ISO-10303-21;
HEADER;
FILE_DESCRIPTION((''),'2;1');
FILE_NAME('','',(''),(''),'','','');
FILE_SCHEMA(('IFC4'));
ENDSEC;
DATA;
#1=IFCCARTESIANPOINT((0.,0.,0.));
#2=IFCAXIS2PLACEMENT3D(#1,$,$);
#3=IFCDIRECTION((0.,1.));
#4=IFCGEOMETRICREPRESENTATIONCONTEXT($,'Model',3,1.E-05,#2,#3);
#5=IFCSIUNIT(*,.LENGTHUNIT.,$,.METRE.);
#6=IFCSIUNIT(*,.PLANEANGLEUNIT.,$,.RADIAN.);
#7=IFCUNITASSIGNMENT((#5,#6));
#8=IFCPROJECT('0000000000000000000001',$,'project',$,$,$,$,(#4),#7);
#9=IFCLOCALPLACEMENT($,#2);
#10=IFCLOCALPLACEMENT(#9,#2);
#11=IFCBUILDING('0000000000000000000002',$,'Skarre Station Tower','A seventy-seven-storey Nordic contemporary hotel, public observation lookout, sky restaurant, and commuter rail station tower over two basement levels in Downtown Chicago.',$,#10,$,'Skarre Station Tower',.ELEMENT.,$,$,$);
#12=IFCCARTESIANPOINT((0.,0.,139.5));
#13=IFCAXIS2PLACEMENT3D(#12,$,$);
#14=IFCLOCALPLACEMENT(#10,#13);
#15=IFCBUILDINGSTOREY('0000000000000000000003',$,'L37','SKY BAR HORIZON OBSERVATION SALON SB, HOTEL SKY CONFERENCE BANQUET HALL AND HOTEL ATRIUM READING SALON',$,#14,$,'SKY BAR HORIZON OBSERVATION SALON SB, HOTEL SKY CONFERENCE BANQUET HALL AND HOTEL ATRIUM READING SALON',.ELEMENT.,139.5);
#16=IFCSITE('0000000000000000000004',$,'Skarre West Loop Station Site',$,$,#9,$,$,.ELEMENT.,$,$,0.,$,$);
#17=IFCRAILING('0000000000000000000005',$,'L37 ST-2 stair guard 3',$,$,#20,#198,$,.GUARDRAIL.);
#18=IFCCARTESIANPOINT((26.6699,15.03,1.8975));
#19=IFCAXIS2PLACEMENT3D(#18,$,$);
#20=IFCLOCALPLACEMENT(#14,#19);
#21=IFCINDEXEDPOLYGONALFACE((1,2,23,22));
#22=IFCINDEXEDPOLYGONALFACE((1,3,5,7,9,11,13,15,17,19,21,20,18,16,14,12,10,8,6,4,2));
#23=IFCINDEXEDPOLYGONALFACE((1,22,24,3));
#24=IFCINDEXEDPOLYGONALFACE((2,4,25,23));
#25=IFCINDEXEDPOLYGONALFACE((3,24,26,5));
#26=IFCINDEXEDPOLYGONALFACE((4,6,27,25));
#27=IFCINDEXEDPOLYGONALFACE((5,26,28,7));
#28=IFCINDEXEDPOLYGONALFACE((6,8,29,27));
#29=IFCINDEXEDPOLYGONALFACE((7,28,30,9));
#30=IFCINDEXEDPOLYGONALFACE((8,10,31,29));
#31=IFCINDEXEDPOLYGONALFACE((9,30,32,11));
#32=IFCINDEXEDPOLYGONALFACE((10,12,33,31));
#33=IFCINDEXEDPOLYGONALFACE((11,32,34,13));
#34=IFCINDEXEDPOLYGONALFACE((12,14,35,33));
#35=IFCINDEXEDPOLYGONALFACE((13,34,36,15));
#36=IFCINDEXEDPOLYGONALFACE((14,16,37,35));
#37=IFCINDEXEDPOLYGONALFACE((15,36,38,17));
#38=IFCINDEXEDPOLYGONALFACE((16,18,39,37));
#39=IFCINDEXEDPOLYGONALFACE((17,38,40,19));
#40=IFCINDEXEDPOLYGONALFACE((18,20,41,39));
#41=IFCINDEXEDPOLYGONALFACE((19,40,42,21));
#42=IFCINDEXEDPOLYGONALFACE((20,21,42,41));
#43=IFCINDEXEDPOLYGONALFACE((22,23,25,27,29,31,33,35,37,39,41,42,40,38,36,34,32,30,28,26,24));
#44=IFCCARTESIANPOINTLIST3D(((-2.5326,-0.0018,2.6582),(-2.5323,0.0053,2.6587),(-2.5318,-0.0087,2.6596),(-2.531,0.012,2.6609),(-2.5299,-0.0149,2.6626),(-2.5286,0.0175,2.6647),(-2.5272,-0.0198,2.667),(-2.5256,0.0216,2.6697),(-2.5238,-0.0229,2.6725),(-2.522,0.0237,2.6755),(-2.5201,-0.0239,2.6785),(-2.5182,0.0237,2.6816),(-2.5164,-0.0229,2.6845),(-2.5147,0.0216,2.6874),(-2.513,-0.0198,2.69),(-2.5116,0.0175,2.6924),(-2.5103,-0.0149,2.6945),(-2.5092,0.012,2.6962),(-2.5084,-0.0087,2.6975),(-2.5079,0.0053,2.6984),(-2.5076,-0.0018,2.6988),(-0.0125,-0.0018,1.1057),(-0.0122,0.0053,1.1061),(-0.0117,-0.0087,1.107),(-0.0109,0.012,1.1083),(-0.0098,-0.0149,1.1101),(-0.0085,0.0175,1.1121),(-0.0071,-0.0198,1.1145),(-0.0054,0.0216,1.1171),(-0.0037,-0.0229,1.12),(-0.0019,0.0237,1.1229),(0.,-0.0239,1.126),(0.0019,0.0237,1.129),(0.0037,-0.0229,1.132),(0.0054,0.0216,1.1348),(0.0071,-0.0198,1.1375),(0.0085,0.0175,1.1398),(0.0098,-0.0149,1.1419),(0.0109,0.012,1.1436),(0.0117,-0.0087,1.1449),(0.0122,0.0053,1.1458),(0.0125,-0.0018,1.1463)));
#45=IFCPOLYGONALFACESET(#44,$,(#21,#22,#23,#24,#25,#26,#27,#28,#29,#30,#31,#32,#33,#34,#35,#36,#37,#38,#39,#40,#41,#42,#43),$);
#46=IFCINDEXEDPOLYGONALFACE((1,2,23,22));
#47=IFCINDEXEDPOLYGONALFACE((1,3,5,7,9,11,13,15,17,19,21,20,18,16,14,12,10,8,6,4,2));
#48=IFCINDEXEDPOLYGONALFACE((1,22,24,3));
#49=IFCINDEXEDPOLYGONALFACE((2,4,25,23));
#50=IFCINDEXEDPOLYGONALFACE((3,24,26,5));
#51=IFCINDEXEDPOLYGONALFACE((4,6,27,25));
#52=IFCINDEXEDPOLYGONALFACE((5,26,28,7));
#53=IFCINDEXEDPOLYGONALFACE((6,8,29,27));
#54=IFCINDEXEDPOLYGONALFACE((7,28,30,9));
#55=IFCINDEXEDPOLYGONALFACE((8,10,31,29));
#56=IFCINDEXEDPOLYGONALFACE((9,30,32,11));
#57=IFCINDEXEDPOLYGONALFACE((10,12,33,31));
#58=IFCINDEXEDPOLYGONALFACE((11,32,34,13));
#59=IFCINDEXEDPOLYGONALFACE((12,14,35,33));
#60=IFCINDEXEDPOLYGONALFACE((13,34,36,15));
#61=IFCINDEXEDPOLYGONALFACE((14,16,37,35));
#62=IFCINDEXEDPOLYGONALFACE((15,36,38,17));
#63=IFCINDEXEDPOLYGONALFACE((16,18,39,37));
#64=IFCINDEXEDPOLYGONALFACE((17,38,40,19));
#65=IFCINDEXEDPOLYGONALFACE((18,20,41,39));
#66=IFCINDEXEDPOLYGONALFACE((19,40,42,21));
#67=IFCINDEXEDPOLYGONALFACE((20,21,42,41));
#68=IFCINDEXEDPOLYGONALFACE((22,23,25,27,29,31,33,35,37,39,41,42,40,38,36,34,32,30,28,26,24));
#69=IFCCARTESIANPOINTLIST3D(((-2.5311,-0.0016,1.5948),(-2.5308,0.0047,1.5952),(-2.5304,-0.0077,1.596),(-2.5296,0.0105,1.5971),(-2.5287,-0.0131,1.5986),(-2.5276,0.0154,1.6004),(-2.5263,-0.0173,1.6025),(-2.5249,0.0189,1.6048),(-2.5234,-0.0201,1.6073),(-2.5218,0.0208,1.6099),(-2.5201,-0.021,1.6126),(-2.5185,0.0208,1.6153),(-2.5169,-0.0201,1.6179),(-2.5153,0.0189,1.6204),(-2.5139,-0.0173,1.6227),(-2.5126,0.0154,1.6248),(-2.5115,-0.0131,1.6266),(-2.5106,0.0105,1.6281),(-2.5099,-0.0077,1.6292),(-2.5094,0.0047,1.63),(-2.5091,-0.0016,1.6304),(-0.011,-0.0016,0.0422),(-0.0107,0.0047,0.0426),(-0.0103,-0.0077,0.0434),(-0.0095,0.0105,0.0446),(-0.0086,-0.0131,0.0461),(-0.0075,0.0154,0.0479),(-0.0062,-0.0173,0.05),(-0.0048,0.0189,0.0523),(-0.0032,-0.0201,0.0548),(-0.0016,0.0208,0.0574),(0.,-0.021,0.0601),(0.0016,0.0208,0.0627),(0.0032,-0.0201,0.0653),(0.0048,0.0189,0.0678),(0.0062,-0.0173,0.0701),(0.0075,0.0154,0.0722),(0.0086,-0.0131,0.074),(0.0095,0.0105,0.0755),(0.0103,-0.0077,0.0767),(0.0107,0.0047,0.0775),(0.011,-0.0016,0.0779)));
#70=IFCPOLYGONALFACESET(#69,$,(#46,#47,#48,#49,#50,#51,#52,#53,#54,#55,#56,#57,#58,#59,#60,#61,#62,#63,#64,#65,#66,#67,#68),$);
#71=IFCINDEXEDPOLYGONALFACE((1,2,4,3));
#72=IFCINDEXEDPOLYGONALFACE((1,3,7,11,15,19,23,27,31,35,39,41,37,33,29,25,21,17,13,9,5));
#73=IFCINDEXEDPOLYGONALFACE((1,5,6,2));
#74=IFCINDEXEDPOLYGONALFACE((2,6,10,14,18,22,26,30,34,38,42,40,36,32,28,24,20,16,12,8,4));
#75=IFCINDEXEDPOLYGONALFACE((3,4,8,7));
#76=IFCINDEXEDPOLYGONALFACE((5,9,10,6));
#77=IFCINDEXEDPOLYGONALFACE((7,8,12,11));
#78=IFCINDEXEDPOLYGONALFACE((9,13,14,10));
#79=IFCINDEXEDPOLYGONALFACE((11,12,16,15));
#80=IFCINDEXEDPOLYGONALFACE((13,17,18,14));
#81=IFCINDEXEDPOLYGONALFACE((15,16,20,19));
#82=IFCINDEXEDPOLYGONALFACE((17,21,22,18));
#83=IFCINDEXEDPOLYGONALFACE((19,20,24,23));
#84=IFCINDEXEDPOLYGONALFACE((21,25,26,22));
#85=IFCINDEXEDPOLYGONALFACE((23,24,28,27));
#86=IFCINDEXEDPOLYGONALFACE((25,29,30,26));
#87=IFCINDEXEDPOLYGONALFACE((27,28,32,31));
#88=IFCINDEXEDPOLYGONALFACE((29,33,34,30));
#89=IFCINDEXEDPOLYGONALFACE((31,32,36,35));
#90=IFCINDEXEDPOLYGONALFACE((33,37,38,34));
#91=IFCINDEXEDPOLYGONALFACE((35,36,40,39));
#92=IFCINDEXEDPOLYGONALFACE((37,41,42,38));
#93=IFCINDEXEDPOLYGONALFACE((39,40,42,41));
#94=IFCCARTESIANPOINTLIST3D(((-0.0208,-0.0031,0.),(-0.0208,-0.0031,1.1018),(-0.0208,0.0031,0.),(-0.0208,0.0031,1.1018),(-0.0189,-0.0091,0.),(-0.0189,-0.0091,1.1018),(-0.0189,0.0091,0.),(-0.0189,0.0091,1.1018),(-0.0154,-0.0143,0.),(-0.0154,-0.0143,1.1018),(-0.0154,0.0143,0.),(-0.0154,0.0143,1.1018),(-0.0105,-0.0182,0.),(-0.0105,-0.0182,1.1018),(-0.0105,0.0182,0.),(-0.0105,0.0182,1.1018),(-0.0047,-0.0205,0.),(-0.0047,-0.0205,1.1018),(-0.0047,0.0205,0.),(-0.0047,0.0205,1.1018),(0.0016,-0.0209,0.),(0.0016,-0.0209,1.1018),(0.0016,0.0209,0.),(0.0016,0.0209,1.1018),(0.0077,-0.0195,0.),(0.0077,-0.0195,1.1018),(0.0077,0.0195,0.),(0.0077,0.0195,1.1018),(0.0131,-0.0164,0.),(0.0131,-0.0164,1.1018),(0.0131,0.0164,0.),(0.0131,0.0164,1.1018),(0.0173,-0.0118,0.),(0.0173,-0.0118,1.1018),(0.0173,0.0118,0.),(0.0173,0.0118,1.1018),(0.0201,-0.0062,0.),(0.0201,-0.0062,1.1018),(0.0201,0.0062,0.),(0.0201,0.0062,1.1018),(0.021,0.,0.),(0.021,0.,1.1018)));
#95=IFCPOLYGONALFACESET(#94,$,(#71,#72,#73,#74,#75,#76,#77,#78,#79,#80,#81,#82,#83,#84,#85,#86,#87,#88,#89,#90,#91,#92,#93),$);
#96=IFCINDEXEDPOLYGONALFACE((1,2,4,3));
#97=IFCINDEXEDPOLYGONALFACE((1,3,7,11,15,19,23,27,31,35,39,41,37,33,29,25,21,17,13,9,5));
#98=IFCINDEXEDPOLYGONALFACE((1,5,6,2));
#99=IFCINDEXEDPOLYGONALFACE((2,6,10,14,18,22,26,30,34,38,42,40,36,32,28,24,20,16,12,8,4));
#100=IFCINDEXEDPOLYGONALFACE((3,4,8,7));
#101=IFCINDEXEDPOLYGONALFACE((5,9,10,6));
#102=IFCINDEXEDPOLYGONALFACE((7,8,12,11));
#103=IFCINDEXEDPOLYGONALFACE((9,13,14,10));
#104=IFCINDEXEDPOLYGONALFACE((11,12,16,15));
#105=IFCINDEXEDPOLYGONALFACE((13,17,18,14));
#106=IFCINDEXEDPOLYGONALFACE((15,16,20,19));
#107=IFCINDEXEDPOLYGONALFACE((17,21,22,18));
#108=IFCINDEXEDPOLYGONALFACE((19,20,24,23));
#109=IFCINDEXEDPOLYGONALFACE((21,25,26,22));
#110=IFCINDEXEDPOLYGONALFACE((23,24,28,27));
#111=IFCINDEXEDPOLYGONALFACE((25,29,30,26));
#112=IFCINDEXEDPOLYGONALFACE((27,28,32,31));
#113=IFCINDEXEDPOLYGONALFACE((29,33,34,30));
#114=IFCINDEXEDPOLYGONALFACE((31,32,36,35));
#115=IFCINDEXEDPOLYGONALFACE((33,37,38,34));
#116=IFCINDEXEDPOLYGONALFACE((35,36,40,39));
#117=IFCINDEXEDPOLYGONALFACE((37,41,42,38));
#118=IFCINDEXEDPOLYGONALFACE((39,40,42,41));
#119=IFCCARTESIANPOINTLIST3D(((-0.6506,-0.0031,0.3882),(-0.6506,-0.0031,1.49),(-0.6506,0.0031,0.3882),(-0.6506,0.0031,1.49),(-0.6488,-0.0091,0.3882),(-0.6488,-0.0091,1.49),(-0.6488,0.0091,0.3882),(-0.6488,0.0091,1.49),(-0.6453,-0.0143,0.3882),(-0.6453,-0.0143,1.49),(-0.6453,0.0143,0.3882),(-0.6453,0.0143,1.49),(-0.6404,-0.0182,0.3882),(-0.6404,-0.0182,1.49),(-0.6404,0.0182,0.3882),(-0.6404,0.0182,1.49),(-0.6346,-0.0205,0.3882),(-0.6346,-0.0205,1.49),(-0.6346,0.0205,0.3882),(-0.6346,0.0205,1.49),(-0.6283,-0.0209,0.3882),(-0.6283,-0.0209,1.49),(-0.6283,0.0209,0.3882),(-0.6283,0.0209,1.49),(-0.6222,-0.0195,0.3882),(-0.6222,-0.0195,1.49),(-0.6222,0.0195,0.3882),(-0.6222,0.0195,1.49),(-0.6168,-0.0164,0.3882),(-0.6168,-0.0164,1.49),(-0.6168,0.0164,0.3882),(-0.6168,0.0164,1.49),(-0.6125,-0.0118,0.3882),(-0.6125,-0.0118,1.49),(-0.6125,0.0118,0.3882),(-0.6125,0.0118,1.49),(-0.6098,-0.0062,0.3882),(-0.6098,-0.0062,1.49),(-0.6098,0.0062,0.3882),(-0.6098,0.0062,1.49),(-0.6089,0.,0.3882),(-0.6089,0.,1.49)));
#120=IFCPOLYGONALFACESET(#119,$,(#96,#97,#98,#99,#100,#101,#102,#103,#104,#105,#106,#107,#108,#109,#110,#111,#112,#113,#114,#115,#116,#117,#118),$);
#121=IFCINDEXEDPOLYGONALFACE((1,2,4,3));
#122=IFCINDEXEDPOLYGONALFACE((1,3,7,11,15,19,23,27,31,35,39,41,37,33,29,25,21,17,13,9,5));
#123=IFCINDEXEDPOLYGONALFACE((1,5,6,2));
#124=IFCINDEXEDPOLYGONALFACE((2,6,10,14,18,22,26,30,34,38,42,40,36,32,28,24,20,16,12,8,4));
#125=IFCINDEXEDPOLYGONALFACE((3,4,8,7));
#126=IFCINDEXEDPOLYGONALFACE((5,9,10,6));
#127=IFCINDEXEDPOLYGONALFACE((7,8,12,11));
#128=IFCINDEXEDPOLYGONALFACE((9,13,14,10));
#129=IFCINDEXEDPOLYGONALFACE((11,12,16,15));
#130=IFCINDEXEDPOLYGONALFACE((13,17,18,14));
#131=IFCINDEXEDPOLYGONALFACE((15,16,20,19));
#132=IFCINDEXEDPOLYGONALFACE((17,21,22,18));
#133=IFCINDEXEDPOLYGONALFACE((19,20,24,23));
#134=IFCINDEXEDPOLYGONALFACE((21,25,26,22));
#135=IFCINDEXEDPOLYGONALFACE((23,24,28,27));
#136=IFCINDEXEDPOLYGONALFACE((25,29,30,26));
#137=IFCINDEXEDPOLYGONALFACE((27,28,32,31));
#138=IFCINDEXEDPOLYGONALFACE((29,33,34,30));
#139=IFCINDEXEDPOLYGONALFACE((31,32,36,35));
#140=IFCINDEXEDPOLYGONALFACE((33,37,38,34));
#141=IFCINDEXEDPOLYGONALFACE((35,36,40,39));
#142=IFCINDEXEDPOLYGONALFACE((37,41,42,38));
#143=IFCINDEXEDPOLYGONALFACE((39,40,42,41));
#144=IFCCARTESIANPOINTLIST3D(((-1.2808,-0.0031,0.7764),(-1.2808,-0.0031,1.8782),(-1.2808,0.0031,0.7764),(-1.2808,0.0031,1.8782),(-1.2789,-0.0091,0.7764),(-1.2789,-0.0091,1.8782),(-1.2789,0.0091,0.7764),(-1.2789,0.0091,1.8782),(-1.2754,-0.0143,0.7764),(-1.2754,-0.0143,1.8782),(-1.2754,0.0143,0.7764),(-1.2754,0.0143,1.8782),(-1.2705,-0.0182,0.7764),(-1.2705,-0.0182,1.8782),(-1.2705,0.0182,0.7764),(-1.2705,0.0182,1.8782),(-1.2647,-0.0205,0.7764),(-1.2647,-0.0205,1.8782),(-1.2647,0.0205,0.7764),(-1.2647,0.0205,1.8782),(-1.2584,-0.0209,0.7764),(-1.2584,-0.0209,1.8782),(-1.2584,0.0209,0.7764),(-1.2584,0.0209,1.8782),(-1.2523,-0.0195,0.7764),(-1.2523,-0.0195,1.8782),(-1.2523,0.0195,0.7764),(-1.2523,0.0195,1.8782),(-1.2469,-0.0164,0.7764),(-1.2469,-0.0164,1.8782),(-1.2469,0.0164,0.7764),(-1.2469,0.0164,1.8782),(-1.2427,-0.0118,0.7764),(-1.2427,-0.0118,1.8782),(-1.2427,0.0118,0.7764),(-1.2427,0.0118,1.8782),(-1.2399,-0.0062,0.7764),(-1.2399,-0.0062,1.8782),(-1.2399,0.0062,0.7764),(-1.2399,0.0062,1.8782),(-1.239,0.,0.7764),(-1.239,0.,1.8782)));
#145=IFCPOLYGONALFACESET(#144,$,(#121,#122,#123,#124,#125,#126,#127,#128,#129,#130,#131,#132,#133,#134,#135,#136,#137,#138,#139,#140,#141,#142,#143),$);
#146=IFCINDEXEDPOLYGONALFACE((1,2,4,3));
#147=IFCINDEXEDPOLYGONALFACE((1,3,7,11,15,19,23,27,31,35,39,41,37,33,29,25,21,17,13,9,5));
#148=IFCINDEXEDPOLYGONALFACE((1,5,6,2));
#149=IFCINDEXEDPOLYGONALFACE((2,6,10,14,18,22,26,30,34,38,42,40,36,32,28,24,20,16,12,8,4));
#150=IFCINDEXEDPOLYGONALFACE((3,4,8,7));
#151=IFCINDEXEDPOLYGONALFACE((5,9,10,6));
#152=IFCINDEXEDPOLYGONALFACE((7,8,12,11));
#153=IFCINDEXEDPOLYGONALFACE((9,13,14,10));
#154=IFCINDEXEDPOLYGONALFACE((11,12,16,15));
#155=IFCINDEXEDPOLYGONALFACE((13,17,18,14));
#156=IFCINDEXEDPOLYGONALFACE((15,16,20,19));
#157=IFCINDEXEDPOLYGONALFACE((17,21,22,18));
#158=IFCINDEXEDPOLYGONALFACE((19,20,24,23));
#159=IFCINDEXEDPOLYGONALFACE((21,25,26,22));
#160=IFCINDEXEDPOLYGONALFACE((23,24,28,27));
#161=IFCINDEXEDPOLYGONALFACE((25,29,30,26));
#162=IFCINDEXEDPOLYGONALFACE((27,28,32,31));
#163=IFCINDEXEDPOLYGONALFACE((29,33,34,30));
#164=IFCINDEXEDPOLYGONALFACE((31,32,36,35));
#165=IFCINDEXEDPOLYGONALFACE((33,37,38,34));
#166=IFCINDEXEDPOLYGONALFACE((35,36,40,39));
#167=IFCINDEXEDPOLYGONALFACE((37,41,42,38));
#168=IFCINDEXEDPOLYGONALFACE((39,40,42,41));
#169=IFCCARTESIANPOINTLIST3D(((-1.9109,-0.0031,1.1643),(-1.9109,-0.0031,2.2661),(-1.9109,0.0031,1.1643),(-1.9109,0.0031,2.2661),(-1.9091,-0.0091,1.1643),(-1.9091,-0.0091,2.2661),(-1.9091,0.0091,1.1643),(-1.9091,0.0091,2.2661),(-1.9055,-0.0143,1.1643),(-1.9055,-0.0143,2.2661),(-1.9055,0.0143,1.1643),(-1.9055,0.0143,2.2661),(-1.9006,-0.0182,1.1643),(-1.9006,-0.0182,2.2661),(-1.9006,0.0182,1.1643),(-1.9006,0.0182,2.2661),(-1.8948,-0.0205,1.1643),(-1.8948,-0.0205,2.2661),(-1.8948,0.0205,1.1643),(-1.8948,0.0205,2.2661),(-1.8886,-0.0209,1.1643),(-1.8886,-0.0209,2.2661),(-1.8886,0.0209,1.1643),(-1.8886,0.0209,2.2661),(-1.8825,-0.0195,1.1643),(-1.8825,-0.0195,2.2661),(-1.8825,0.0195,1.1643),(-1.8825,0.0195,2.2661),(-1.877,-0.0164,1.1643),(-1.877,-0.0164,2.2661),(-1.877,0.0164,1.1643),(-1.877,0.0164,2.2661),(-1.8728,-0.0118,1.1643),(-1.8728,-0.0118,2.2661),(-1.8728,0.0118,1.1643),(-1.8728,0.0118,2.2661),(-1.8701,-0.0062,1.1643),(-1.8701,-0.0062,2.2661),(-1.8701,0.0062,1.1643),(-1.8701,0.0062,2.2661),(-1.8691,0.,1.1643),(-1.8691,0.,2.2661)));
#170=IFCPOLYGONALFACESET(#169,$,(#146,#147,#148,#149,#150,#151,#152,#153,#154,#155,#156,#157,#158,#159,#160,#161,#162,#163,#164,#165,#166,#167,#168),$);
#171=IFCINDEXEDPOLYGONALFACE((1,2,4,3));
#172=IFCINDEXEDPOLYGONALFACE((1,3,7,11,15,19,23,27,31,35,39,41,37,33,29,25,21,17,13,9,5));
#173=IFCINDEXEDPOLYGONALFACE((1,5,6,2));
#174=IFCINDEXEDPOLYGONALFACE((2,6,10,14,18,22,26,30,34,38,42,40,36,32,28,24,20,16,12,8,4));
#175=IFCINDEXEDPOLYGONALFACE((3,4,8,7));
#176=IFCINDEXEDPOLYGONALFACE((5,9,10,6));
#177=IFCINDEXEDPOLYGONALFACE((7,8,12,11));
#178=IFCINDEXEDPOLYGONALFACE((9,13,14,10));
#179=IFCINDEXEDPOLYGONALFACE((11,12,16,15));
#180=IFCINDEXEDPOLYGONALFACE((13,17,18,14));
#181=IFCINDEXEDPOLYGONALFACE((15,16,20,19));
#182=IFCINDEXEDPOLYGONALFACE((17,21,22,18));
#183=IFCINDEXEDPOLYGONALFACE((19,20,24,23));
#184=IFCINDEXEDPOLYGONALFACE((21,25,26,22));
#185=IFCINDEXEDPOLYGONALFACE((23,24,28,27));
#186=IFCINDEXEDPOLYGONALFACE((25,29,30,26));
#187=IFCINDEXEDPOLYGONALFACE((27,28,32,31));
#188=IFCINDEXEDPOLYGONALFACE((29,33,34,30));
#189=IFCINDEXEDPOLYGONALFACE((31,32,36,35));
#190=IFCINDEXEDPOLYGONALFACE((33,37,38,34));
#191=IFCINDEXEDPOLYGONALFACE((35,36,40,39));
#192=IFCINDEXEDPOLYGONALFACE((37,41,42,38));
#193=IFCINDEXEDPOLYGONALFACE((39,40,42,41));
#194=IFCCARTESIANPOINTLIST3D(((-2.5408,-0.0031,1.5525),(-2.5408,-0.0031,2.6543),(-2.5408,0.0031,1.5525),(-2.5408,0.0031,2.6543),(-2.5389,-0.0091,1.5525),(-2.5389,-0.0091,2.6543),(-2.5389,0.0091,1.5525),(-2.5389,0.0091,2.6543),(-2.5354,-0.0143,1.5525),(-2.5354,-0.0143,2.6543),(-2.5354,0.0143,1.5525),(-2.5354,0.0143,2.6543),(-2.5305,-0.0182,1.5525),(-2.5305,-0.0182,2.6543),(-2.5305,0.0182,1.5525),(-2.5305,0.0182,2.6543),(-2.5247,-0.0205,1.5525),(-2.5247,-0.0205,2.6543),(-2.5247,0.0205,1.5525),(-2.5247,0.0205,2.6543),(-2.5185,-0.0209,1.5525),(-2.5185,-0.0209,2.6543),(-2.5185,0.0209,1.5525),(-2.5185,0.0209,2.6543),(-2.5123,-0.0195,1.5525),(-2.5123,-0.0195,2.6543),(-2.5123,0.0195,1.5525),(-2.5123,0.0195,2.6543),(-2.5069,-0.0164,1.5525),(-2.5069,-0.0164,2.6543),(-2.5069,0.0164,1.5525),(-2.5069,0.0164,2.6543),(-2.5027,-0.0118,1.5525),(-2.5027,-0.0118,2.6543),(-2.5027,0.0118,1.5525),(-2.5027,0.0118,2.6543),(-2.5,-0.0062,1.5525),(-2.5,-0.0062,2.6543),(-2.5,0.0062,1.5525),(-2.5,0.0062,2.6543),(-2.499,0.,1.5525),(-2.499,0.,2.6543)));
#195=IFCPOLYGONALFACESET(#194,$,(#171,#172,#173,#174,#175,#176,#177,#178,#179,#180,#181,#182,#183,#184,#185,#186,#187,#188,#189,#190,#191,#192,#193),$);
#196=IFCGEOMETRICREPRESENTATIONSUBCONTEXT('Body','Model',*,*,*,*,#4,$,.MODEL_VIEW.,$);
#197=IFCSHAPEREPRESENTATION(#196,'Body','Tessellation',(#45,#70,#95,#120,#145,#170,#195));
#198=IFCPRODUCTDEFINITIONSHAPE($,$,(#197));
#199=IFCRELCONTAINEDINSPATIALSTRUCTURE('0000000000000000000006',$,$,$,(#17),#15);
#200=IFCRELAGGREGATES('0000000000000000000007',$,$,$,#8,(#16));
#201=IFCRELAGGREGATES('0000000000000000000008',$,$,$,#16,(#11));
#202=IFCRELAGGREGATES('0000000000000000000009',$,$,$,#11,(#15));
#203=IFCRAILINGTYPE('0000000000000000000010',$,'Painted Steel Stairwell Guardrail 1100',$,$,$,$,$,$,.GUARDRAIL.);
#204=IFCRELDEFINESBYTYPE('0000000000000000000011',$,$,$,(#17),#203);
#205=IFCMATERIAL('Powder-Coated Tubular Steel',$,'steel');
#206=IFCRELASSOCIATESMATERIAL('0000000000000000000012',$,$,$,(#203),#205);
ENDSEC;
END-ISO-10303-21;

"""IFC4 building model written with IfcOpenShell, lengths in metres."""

from ifc_helpers import new_model, si_unit, direction, frame, origin, origin_2d, place, context, subcontext, project, spatial, circle, extrude, material, type_object, element, save


model = new_model("IFC4")

# Units and contexts
model_context = context("Model", 3, precision=1e-05, world=origin(), true_north=direction((0.0, 1.0)))
body_context = subcontext(model_context, "Body", "Model", "MODEL_VIEW")
ifc_project = project(units=[si_unit("LENGTHUNIT", "METRE"), si_unit("PLANEANGLEUNIT", "RADIAN")], contexts=[model_context])

# Site, building, storey
site_placement = place(None, origin())
site = spatial("IfcSite", under=ifc_project, at=site_placement, Name="Skarre West Loop Station Site", CompositionType="ELEMENT", RefElevation=0.0)
building_placement = place(site_placement, origin())
building = spatial("IfcBuilding", under=site, at=building_placement, Name="Skarre Station Tower", Description="A seventy-seven-storey Nordic contemporary hotel, public observation lookout, sky restaurant, and commuter rail station tower over two basement levels in Downtown Chicago.", LongName="Skarre Station Tower", CompositionType="ELEMENT")
storey_placement = place(building_placement, frame((0.0, 0.0, 139.5)))
storey = spatial("IfcBuildingStorey", under=building, at=storey_placement, Name="L37", Description="SKY BAR HORIZON OBSERVATION SALON SB, HOTEL SKY CONFERENCE BANQUET HALL AND HOTEL ATRIUM READING SALON", LongName="SKY BAR HORIZON OBSERVATION SALON SB, HOTEL SKY CONFERENCE BANQUET HALL AND HOTEL ATRIUM READING SALON", CompositionType="ELEMENT", Elevation=139.5)

# Railing
ifc_material_1 = material(Name="Powder-Coated Tubular Steel", Category="steel")
railing_type_1 = type_object("IfcRailingType", Name="Painted Steel Stairwell Guardrail 1100", PredefinedType="GUARDRAIL", material=ifc_material_1)
railing_1_placement = place(storey_placement, frame((26.6699, 15.03, 1.8975)))
element("IfcRailing", 1, at=railing_1_placement, inside=storey, type_object=railing_type_1, Name="L37 ST-2 stair guard 3", PredefinedType="GUARDRAIL", context=body_context, shape_type="SweptSolid", body=[
    extrude(circle(Radius=0.0239, at=origin_2d()), frame((0.0, 0.0, 1.126), z_axis=(-0.8514, 0.0, 0.524516), x_axis=(0.0, -1.0, 0.0)), (0.0, 0.0, 1.0), 2.96),
    extrude(circle(Radius=0.021, at=origin_2d()), frame((0.0, 0.0, 0.0601), z_axis=(-0.8514, 0.0, 0.524516), x_axis=(0.0, -1.0, 0.0)), (0.0, 0.0, 1.0), 2.96),
    extrude(circle(Radius=0.021, at=origin_2d()), origin(), (0.0, 0.0, 1.0), 1.1018),
    extrude(circle(Radius=0.021, at=origin_2d()), frame((-0.6299, 0.0, 0.3882)), (0.0, 0.0, 1.0), 1.1018),
    extrude(circle(Radius=0.021, at=origin_2d()), frame((-1.26, 0.0, 0.7764)), (0.0, 0.0, 1.0), 1.1018),
    extrude(circle(Radius=0.021, at=origin_2d()), frame((-1.8901, 0.0, 1.1643)), (0.0, 0.0, 1.0), 1.1018),
    extrude(circle(Radius=0.021, at=origin_2d()), frame((-2.52, 0.0, 1.5525)), (0.0, 0.0, 1.0), 1.1018),
])

save(model, "model.ifc")
